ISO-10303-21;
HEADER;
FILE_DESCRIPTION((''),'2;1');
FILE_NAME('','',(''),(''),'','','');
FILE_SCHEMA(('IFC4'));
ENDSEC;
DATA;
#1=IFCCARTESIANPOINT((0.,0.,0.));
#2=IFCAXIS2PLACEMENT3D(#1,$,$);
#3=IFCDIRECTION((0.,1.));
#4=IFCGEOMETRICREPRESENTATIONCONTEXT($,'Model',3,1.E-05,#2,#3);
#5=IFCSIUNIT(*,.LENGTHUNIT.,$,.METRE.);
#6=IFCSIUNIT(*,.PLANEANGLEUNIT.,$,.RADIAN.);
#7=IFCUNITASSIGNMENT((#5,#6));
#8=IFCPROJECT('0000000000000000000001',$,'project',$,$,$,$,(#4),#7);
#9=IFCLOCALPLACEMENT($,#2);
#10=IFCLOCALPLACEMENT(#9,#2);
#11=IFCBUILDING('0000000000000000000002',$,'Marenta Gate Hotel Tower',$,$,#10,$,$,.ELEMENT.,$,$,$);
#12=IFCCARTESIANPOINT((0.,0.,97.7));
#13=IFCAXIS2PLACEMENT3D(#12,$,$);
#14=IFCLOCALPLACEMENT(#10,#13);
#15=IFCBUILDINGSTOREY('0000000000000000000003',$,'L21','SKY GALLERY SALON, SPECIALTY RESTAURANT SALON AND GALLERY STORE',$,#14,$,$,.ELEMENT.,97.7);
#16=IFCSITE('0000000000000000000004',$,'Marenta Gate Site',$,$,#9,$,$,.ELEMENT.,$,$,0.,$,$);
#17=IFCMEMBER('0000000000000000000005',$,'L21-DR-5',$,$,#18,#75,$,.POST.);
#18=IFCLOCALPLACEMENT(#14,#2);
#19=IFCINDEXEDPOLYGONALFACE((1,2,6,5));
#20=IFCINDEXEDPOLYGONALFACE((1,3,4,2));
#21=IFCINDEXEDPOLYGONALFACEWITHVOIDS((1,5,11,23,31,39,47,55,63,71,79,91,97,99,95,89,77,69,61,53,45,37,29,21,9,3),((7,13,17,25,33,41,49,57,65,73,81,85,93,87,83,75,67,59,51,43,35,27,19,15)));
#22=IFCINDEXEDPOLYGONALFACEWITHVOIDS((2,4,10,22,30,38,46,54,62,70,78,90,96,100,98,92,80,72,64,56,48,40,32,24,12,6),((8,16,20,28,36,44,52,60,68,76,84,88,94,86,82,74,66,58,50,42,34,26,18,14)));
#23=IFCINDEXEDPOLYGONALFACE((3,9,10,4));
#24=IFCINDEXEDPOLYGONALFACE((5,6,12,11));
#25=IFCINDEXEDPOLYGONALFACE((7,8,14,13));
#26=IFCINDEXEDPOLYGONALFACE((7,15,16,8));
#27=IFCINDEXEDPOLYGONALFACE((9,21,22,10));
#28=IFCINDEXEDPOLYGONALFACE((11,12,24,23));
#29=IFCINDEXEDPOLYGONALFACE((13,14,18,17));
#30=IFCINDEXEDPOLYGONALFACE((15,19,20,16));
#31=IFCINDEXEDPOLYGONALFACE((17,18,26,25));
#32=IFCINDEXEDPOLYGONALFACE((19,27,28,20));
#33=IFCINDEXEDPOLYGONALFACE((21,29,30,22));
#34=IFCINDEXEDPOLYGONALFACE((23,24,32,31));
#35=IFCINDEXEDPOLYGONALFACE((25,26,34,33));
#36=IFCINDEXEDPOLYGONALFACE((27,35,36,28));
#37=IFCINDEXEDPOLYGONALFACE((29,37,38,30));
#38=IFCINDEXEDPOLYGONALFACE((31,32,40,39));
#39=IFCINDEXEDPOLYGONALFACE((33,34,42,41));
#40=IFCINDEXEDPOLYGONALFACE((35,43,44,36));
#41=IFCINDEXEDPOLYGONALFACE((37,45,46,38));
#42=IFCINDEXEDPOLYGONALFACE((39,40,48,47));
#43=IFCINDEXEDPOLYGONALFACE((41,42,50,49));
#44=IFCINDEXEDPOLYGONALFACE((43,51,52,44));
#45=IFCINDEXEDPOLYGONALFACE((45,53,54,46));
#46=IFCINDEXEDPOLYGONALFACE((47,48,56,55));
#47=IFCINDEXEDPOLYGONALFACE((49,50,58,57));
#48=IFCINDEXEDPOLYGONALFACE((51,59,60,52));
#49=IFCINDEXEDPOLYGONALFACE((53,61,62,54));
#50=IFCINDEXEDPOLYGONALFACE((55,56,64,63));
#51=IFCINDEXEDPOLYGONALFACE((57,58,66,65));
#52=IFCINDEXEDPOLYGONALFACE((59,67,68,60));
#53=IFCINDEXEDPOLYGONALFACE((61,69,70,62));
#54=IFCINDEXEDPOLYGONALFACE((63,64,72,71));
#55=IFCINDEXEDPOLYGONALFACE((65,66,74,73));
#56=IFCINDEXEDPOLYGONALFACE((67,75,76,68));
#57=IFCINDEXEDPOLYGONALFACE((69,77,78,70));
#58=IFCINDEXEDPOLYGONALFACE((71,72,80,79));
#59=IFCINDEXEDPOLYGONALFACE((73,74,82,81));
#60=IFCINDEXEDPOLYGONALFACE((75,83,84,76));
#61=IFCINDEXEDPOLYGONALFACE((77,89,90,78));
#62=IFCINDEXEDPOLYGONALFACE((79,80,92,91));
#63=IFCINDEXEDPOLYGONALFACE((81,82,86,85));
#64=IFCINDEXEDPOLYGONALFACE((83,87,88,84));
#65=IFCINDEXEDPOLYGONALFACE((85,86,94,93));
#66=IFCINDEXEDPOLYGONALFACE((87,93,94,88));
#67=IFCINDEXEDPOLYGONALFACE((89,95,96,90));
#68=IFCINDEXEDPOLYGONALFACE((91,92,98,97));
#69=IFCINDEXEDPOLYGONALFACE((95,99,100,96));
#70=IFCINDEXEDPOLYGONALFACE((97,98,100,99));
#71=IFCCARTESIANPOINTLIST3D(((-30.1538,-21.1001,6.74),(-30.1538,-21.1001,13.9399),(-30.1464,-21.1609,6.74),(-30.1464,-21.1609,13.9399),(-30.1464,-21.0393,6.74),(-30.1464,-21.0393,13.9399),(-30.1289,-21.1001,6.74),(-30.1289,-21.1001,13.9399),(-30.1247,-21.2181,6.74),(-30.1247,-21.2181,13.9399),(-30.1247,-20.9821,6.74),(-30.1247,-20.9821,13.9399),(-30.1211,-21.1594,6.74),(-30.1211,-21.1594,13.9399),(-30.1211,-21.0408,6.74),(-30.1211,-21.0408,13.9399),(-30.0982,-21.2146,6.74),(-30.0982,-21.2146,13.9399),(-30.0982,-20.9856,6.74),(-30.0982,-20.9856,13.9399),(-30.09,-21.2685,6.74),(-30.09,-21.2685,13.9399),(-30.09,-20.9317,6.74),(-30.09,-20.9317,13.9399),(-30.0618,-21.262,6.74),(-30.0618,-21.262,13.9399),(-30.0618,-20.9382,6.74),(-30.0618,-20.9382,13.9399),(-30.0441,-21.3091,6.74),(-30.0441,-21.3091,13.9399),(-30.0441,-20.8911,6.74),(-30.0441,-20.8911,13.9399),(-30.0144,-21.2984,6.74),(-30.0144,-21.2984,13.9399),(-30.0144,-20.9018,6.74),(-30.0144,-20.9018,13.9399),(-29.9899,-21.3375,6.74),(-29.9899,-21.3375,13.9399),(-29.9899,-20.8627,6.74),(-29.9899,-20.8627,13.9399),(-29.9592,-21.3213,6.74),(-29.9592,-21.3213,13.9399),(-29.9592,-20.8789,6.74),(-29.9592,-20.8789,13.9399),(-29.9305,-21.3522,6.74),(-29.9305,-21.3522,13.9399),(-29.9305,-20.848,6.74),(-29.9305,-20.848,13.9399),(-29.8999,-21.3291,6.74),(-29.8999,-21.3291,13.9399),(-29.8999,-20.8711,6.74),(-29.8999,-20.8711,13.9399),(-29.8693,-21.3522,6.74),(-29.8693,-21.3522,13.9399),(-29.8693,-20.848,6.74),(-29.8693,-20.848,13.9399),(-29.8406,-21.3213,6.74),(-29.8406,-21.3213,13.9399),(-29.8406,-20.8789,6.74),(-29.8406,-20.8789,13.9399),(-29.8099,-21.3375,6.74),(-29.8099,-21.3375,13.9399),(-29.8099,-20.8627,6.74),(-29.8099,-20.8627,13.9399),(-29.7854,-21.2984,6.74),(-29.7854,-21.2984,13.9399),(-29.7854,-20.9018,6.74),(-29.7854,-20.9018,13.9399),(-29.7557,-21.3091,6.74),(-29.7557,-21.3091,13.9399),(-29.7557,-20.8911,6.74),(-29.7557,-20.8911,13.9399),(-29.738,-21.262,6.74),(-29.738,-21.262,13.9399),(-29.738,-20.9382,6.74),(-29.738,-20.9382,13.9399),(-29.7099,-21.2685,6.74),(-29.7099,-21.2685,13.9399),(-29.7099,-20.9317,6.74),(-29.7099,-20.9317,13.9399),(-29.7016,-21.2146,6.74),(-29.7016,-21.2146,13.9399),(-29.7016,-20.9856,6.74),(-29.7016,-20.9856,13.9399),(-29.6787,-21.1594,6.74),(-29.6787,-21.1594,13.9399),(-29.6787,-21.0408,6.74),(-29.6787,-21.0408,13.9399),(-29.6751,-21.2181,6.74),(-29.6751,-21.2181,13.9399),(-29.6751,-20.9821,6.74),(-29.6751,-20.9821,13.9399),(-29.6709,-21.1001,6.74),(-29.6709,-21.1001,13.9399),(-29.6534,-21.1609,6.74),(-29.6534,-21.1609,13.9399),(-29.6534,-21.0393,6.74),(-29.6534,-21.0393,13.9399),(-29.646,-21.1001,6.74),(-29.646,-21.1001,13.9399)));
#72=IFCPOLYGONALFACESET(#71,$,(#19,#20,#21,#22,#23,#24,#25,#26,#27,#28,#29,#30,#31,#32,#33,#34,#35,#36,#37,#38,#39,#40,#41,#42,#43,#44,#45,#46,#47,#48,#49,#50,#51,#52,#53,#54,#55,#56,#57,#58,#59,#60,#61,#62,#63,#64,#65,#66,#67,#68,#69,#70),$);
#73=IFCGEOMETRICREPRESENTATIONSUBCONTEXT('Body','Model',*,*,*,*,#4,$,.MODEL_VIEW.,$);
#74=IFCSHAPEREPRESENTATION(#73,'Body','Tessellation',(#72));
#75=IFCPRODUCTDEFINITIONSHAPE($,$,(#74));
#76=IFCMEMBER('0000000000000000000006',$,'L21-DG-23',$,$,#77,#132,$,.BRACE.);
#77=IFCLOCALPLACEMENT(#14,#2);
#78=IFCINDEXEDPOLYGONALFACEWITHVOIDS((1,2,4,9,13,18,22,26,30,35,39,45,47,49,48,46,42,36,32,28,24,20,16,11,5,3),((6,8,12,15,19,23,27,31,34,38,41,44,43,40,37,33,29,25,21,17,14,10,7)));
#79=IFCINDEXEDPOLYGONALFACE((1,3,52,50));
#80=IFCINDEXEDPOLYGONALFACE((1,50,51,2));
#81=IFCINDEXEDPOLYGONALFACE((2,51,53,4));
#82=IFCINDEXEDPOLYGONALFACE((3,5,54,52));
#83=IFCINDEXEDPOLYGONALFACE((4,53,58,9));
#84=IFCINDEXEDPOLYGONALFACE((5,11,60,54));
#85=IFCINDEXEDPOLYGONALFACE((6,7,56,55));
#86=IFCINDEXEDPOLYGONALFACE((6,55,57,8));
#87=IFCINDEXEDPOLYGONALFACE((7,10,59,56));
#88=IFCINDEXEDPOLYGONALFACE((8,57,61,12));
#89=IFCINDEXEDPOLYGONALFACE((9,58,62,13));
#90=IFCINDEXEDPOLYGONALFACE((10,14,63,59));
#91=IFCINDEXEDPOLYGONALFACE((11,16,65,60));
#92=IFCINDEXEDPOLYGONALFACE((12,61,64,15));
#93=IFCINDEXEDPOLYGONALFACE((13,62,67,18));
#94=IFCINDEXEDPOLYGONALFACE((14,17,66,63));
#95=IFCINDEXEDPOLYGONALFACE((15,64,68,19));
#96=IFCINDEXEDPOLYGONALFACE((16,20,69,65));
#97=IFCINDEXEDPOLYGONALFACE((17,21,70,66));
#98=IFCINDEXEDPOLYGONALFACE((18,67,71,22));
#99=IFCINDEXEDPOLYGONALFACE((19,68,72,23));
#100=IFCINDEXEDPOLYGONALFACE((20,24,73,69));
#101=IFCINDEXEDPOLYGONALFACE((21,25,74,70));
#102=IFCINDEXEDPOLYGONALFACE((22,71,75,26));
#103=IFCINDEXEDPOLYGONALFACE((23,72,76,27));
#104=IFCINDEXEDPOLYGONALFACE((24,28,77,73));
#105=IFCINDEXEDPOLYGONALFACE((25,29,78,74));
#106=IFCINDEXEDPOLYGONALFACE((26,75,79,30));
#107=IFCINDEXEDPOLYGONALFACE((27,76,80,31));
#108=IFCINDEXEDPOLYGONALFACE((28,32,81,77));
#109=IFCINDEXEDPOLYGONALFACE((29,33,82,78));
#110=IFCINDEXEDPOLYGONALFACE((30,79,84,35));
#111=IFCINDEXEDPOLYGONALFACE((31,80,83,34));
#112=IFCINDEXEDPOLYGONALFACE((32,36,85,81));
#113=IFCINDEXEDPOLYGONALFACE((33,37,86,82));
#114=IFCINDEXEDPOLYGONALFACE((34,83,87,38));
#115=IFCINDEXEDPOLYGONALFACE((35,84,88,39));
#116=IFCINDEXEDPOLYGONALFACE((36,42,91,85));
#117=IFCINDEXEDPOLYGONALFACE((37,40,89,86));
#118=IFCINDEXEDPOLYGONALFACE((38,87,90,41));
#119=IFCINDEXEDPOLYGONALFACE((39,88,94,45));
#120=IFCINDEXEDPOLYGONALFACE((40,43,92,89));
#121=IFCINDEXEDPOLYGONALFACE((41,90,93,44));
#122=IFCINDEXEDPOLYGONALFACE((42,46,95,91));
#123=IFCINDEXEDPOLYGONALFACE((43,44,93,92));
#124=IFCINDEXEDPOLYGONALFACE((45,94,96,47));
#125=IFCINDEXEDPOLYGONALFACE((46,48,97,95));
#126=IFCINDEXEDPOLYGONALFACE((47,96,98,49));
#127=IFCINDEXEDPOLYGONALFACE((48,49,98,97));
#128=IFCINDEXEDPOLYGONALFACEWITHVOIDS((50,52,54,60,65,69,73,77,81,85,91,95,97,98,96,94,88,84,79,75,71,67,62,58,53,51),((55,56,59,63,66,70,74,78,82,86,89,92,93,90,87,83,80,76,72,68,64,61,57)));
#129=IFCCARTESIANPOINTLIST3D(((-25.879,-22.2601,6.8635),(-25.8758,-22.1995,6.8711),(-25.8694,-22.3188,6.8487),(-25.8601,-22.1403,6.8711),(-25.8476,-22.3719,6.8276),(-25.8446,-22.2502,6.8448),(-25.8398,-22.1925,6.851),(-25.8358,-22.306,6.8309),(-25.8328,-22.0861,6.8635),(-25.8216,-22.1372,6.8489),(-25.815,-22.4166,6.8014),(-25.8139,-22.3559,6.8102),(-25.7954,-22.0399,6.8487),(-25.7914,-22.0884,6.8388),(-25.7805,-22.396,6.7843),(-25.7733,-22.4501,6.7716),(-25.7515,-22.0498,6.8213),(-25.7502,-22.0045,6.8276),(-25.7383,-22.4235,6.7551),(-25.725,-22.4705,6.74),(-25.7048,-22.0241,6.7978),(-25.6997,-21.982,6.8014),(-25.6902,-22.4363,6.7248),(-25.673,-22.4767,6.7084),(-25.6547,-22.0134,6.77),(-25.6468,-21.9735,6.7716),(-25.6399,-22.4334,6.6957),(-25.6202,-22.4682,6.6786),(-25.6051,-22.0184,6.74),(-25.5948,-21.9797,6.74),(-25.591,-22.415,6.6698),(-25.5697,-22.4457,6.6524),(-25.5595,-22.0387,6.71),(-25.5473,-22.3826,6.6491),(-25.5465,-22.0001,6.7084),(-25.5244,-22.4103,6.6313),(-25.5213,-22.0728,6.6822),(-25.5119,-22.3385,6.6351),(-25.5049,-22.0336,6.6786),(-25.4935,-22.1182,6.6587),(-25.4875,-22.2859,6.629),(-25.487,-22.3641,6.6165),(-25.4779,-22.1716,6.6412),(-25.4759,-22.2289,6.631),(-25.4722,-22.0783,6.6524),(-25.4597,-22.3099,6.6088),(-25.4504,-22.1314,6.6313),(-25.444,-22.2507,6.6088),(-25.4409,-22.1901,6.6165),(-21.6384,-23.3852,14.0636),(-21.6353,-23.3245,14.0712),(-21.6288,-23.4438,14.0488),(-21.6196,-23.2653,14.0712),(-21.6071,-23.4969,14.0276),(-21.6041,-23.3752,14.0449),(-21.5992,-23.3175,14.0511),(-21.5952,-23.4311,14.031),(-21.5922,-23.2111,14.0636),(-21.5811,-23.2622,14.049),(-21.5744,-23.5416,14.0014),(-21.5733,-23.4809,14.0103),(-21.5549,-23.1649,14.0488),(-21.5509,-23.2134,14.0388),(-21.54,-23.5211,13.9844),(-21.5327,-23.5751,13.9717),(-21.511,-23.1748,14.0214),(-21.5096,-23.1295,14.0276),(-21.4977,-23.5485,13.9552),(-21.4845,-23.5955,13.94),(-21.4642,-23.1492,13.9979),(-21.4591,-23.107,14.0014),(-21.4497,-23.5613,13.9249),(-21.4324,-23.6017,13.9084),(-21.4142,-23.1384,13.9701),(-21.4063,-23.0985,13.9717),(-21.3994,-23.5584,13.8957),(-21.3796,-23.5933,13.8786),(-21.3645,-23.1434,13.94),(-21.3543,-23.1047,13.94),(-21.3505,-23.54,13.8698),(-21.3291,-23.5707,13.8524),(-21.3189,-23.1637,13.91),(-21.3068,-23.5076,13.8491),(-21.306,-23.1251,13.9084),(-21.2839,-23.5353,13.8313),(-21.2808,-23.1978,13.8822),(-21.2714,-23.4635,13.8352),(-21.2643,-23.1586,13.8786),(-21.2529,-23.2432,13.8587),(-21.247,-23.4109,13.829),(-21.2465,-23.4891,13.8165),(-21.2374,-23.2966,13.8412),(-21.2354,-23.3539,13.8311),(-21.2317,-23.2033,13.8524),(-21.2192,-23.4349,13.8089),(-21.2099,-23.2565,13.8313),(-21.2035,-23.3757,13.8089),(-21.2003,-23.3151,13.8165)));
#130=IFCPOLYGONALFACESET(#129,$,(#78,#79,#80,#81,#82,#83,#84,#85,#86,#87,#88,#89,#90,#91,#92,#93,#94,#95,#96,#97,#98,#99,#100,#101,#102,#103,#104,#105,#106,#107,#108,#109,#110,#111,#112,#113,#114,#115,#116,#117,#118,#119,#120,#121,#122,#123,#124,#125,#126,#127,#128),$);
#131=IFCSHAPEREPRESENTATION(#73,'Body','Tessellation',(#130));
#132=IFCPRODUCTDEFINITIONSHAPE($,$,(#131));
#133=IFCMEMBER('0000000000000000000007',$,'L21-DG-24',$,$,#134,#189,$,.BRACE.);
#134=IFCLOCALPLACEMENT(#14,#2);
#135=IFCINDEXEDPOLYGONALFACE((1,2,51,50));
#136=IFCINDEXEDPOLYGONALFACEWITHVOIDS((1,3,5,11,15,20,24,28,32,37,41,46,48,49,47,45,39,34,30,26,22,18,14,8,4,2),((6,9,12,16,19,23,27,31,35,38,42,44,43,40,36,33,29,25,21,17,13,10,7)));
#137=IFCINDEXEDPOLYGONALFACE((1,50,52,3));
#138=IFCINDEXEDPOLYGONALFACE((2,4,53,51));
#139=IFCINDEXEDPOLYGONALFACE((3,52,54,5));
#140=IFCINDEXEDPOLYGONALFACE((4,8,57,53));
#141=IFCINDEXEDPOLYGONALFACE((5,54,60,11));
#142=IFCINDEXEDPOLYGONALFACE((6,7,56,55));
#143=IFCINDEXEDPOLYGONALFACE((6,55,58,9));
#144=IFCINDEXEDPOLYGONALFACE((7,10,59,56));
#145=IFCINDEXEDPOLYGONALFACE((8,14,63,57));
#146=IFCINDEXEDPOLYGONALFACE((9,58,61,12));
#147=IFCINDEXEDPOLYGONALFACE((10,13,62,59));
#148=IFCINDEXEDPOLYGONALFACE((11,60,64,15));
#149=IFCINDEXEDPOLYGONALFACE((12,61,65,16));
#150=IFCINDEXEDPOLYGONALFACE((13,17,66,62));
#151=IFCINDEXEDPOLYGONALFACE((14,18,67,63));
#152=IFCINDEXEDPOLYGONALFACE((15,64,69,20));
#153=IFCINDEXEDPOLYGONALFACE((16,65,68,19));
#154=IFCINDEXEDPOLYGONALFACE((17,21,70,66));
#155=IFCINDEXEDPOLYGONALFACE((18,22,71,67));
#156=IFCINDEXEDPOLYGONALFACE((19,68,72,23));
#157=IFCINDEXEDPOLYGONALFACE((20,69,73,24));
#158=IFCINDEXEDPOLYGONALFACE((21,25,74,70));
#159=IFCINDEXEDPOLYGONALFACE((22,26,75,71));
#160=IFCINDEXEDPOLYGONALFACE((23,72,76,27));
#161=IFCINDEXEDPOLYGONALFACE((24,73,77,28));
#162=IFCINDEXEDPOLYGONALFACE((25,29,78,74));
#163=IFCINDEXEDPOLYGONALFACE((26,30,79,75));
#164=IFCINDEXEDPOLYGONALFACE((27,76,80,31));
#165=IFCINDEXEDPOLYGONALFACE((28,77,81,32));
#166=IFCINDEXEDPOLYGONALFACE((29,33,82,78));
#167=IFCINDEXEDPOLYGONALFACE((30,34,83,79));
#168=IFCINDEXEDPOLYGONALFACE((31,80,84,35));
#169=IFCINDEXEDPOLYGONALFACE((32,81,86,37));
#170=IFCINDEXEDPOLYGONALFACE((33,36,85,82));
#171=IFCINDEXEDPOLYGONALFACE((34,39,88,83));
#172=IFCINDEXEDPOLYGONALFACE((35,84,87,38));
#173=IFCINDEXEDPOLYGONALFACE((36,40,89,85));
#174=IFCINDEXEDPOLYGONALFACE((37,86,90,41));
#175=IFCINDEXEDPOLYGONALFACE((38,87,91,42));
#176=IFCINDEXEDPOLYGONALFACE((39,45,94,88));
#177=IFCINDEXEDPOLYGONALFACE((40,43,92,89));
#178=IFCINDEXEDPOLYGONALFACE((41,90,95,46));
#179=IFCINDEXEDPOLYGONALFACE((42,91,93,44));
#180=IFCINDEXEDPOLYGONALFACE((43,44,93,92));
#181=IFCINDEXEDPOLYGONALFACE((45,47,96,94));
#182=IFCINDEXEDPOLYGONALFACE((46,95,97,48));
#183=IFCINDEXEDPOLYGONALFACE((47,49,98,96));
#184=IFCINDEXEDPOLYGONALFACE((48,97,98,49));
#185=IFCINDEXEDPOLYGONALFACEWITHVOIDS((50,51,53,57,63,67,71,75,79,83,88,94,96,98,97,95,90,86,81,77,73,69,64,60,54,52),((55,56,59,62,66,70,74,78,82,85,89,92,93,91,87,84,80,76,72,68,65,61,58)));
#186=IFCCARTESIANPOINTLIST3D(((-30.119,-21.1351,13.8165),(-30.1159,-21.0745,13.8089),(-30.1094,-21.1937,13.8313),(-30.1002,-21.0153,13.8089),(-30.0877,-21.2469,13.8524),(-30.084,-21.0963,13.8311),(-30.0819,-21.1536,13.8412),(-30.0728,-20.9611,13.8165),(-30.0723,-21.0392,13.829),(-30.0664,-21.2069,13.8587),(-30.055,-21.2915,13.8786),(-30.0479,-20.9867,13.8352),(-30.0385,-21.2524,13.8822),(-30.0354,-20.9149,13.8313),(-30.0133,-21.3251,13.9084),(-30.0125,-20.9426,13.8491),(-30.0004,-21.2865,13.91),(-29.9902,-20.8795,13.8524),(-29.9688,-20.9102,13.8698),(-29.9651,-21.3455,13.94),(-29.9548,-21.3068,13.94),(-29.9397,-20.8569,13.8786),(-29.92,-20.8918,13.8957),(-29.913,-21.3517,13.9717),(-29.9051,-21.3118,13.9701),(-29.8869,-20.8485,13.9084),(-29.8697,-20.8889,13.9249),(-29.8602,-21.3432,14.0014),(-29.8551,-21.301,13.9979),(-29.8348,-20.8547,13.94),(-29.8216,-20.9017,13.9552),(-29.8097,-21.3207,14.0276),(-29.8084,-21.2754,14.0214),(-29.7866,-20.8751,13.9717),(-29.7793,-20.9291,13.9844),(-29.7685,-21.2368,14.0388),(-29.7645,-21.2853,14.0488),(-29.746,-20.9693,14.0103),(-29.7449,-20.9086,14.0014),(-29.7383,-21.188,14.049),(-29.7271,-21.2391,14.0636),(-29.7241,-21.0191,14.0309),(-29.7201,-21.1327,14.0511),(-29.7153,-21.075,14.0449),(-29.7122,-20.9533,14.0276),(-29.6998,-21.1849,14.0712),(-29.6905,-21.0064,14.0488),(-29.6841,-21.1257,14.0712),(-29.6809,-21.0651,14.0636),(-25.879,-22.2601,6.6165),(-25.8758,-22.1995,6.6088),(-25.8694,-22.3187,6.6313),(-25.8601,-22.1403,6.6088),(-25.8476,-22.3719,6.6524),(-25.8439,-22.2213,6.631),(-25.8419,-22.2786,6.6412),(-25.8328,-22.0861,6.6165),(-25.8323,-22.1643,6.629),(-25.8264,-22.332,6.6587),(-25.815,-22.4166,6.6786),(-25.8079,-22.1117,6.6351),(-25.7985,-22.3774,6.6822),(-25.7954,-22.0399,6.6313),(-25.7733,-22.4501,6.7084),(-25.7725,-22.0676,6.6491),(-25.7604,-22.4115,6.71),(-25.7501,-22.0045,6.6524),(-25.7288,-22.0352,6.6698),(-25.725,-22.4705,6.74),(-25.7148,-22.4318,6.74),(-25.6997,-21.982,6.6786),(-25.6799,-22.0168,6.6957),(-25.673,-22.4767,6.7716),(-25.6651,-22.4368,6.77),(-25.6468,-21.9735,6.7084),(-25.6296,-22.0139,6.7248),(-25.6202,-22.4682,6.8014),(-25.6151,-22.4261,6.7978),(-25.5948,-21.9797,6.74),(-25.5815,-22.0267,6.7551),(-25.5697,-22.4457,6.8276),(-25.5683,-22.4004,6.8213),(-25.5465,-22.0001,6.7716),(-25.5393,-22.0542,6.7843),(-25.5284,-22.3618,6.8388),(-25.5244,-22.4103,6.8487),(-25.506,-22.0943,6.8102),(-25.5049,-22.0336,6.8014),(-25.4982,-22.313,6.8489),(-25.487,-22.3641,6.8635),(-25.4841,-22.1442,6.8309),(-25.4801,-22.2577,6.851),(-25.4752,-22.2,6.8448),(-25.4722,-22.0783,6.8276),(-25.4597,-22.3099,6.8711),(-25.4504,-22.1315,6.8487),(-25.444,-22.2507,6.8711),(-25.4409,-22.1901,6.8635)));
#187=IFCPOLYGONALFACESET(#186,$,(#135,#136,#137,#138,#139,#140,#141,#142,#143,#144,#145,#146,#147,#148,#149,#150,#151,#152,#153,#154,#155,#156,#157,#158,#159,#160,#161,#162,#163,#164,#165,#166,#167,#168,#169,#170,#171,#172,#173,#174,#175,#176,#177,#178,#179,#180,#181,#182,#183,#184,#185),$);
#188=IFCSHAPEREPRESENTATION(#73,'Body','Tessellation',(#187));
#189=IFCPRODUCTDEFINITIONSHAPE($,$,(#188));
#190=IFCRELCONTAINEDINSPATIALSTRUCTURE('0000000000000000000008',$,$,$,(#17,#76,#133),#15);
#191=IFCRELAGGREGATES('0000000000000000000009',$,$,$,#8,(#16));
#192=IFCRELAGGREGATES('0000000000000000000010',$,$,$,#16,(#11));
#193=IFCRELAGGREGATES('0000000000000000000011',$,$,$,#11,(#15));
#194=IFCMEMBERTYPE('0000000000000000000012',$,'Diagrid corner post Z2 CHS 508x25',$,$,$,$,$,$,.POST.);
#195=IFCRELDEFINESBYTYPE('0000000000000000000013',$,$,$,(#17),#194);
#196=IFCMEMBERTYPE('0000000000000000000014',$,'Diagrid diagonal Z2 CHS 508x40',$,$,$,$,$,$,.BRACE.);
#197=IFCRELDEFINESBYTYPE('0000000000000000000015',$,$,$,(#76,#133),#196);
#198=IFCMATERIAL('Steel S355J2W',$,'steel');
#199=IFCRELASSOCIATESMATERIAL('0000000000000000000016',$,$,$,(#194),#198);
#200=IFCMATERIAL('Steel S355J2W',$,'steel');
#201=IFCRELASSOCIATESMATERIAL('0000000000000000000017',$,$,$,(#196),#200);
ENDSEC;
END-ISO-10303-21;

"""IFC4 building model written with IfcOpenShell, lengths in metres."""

from ifc_helpers import new_model, si_unit, direction, frame, origin, origin_2d, place, context, subcontext, project, spatial, hollow_circle, extrude, material, material_profile, profile_set, type_object, element, save


model = new_model("IFC4")

# Units and contexts
model_context = context("Model", 3, precision=1e-05, world=origin(), true_north=direction((0.0, 1.0)))
body_context = subcontext(model_context, "Body", "Model", "MODEL_VIEW")
ifc_project = project(units=[si_unit("LENGTHUNIT", "METRE"), si_unit("PLANEANGLEUNIT", "RADIAN")], contexts=[model_context])

# Site, building, storey
site_placement = place(None, origin())
site = spatial("IfcSite", under=ifc_project, at=site_placement, Name="Marenta Gate Site", CompositionType="ELEMENT", RefElevation=0.0)
building_placement = place(site_placement, origin())
building = spatial("IfcBuilding", under=site, at=building_placement, Name="Marenta Gate Hotel Tower", CompositionType="ELEMENT")
storey_placement = place(building_placement, frame((0.0, 0.0, 97.7)))
storey = spatial("IfcBuildingStorey", under=building, at=storey_placement, Name="L21", Description="SKY GALLERY SALON, SPECIALTY RESTAURANT SALON AND GALLERY STORE", CompositionType="ELEMENT", Elevation=97.7)

# Members
ifc_material_1 = material(Name="Steel S355J2W", Category="steel")
ifc_material_profile_1 = material_profile(ifc_material_1, hollow_circle(Radius=0.2539, WallThickness=0.0249, at=origin_2d()), Name="CHS 508x25")
ifc_profile_set_1 = profile_set([ifc_material_profile_1], Name="Steel S355J2W")
member_type_1 = type_object("IfcMemberType", Name="Diagrid corner post Z2 CHS 508x25", PredefinedType="POST", material=ifc_profile_set_1)
member_1_placement = place(storey_placement, frame((-29.8999, -21.1001, 6.74), z_axis=(0.0, 0.0, 1.0), x_axis=(1.0, 0.0, 0.0)))
element("IfcMember", 1, at=member_1_placement, inside=storey, type_object=member_type_1, Name="L21-DR-5", PredefinedType="POST", context=body_context, shape_type="SweptSolid", body=[
    extrude(hollow_circle(Radius=0.2539, WallThickness=0.0249, at=origin_2d()), origin(), (0.0, 0.0, 1.0), 7.2),
])
ifc_material_2 = material(Name="Steel S355J2W", Category="steel")
ifc_material_profile_2 = material_profile(ifc_material_2, hollow_circle(Radius=0.2539, WallThickness=0.04, at=origin_2d()), Name="CHS 508x40")
ifc_profile_set_2 = profile_set([ifc_material_profile_2], Name="Steel S355J2W")
member_type_2 = type_object("IfcMemberType", Name="Diagrid diagonal Z2 CHS 508x40", PredefinedType="BRACE", material=ifc_profile_set_2)
member_2_placement = place(storey_placement, frame((-25.6599, -22.2251, 6.74), z_axis=(0.502946, -0.133432, 0.853956), x_axis=(0.256429, 0.966563, 0.0)))
element("IfcMember", 2, at=member_2_placement, inside=storey, type_object=member_type_2, Name="L21-DG-23", PredefinedType="BRACE", context=body_context, shape_type="SweptSolid", body=[
    extrude(hollow_circle(Radius=0.2539, WallThickness=0.04, at=origin_2d()), origin(), (0.0, 0.0, 1.0), 8.4314),
])
member_3_placement = place(storey_placement, frame((-25.6599, -22.2251, 6.74), z_axis=(-0.502902, 0.133435, 0.853981), x_axis=(-0.256457, -0.966556, 0.0)))
element("IfcMember", 3, at=member_3_placement, inside=storey, type_object=member_type_2, Name="L21-DG-24", PredefinedType="BRACE", context=body_context, shape_type="SweptSolid", body=[
    extrude(hollow_circle(Radius=0.2539, WallThickness=0.04, at=origin_2d()), origin(), (0.0, 0.0, 1.0), 8.4312),
])

save(model, "model.ifc")
